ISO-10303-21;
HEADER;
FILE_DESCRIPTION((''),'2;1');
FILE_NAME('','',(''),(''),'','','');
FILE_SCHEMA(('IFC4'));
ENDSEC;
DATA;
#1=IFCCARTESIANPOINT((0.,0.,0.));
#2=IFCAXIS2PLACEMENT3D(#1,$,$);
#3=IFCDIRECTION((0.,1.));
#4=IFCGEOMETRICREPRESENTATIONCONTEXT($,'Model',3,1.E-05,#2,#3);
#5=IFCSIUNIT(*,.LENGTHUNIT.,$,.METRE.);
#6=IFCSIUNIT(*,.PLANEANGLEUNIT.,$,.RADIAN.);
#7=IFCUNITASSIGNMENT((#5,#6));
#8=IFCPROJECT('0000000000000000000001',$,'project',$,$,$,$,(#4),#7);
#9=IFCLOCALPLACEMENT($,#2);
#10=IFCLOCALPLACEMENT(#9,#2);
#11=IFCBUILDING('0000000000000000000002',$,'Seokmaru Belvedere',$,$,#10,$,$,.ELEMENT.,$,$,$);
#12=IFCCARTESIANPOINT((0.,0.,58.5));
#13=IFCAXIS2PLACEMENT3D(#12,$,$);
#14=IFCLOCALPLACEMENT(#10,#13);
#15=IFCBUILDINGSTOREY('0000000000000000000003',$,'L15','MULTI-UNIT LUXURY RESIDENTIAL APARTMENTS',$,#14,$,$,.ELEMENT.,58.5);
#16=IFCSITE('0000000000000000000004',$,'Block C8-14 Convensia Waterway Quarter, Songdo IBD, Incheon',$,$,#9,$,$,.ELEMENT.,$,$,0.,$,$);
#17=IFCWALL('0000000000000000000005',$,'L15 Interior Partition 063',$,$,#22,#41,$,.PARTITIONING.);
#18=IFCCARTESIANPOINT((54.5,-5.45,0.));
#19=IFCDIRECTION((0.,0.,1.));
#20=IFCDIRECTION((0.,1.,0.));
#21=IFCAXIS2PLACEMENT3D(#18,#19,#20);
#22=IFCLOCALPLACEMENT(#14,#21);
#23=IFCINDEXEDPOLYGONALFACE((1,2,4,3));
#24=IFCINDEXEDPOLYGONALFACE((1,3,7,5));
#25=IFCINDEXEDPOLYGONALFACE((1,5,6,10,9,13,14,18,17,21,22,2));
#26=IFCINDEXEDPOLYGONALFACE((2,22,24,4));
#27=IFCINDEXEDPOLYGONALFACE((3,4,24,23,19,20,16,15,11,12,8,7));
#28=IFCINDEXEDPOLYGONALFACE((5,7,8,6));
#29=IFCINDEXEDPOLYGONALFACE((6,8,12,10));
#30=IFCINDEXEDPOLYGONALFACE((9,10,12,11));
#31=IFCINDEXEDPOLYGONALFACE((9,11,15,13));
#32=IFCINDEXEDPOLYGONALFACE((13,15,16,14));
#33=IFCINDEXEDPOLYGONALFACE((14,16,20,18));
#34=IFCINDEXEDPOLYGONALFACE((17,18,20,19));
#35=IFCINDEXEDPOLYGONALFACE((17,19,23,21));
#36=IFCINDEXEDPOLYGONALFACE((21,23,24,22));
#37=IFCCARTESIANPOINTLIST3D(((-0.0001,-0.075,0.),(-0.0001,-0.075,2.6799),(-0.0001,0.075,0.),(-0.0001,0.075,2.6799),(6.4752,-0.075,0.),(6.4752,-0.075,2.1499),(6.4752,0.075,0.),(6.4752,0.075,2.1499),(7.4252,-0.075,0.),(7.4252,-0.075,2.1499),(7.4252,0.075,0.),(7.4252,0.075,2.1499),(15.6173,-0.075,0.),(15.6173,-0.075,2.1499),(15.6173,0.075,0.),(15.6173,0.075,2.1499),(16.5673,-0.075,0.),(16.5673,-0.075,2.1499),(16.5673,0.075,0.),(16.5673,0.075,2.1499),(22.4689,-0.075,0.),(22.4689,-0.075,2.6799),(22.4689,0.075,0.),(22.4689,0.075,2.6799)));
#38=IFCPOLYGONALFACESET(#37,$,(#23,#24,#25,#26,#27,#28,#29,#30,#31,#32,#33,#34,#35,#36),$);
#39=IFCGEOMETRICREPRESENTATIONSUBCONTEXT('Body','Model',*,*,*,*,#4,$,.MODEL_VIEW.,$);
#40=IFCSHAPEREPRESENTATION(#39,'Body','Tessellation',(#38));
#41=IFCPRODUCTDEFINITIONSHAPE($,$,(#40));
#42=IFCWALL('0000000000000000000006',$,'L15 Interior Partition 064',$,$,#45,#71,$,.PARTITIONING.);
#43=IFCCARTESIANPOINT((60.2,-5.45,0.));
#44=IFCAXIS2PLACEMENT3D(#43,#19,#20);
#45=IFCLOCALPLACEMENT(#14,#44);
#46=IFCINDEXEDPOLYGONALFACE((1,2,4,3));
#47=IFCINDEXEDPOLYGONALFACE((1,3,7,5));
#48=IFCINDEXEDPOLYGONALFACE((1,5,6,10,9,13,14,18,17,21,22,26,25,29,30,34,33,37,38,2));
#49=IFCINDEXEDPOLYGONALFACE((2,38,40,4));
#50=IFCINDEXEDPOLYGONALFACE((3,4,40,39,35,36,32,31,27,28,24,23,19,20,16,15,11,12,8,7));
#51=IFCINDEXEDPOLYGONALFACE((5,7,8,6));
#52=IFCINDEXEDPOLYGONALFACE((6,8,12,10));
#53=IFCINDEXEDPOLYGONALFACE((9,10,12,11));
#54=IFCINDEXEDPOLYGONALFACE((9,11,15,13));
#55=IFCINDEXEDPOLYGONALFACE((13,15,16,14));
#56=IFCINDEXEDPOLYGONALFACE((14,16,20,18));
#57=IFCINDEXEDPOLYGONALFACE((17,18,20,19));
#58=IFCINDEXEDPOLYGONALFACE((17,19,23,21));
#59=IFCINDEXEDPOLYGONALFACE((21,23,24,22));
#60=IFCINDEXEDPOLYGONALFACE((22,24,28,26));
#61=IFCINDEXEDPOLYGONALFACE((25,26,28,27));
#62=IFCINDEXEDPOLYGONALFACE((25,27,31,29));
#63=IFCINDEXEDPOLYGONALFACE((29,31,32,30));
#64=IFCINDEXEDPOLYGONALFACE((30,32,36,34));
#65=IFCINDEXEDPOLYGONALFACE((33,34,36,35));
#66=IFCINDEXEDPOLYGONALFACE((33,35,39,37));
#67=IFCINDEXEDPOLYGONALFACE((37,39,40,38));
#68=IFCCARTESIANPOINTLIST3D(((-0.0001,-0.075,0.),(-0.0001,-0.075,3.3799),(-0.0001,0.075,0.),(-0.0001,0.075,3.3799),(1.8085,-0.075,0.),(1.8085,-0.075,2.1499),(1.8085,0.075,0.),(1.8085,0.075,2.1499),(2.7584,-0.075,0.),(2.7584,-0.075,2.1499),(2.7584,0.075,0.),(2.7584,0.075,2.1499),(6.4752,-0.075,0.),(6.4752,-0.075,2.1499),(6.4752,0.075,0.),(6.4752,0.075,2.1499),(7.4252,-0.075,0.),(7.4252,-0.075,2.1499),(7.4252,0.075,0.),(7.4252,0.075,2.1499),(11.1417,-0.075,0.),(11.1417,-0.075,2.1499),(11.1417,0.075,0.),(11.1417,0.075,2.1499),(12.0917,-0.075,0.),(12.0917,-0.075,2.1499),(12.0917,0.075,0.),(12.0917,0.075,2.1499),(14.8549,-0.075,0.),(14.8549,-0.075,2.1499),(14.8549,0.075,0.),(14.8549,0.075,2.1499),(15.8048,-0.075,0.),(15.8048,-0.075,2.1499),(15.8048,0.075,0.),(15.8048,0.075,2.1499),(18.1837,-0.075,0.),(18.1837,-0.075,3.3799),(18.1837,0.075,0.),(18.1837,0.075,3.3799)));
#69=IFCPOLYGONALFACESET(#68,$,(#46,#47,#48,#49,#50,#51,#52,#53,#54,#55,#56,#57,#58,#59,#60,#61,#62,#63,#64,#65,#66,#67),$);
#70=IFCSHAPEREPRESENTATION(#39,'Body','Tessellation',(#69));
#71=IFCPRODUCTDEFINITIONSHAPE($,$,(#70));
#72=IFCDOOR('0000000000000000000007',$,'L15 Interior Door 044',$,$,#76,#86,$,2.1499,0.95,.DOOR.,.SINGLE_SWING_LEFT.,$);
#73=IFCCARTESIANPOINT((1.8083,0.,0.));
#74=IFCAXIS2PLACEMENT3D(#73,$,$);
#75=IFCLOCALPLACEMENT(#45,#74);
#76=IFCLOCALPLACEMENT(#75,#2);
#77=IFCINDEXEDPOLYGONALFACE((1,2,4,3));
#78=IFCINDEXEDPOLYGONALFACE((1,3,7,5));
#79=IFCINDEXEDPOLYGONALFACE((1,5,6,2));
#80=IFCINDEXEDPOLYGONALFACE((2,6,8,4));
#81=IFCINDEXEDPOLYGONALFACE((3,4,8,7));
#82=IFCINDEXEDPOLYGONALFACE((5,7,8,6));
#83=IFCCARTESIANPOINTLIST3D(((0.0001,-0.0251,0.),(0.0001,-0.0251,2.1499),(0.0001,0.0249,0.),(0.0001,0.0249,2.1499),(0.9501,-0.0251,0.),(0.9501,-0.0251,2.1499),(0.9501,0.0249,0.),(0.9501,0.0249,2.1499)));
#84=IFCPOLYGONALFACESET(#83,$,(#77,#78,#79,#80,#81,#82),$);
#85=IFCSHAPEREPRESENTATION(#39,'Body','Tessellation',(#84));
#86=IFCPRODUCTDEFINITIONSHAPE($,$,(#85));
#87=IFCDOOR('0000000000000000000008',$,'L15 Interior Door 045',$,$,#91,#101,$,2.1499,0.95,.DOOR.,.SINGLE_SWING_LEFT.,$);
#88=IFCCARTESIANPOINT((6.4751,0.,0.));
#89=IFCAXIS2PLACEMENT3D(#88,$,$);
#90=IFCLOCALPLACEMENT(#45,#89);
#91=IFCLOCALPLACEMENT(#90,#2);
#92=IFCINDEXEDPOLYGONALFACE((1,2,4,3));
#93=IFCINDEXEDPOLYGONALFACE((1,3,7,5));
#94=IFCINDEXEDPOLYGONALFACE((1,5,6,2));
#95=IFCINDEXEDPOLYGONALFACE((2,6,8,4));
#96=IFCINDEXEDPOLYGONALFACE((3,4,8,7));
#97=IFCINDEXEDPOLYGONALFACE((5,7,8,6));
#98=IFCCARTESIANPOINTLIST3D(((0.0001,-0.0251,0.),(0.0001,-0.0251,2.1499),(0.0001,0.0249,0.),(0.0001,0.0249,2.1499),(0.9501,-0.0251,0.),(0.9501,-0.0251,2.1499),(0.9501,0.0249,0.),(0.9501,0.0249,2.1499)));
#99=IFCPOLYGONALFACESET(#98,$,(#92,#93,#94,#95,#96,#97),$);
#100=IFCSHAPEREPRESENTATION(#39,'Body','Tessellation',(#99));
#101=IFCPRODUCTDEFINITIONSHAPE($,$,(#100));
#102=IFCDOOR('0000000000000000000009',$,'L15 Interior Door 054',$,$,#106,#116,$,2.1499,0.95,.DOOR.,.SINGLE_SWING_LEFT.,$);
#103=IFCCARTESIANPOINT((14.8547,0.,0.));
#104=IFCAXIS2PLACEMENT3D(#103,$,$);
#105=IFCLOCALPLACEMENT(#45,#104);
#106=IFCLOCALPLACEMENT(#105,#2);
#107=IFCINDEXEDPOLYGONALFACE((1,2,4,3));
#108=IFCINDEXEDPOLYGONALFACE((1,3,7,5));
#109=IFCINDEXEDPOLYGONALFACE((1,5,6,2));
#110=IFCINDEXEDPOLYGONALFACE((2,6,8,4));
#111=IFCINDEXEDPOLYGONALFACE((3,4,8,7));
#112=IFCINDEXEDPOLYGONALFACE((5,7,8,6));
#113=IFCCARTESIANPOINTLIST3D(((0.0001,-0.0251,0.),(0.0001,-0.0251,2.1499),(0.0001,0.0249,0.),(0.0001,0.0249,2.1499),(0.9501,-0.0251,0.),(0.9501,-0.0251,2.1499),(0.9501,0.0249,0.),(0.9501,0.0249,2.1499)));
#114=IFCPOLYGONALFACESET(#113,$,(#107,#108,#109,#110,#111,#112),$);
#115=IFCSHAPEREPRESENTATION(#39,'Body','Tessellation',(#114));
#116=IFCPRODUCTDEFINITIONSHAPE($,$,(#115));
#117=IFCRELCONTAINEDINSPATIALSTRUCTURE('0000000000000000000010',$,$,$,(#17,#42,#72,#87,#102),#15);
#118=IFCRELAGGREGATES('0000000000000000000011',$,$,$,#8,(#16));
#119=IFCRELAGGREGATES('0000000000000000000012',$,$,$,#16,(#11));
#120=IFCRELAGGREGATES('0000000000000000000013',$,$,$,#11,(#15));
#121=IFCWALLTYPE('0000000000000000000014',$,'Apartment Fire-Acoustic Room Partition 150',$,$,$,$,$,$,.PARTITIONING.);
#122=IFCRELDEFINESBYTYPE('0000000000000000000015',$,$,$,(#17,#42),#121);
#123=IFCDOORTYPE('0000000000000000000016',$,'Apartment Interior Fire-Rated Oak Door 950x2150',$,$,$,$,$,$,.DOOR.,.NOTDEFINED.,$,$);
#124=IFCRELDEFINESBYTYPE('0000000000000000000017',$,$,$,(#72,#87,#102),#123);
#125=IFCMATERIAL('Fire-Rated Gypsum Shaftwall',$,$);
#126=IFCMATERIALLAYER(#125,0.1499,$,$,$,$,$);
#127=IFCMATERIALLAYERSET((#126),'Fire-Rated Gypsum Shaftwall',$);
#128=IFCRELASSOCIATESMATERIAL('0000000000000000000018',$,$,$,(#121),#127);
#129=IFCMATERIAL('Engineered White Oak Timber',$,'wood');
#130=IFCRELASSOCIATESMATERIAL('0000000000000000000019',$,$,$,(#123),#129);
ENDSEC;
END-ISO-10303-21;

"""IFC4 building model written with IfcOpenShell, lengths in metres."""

from ifc_helpers import new_model, si_unit, direction, frame, frame_2d, origin, place, context, subcontext, project, spatial, rectangle, extrude, source, transform, mapped, material, layer, layer_set, type_object, type_shapes, element, fill, save


model = new_model("IFC4")

# Units and contexts
model_context = context("Model", 3, precision=1e-05, world=origin(), true_north=direction((0.0, 1.0)))
body_context = subcontext(model_context, "Body", "Model", "MODEL_VIEW")
ifc_project = project(units=[si_unit("LENGTHUNIT", "METRE"), si_unit("PLANEANGLEUNIT", "RADIAN")], contexts=[model_context])

# Site, building, storey
site_placement = place(None, origin())
site = spatial("IfcSite", under=ifc_project, at=site_placement, Name="Block C8-14 Convensia Waterway Quarter, Songdo IBD, Incheon", CompositionType="ELEMENT", RefElevation=0.0)
building_placement = place(site_placement, origin())
building = spatial("IfcBuilding", under=site, at=building_placement, Name="Seokmaru Belvedere", CompositionType="ELEMENT")
storey_placement = place(building_placement, frame((0.0, 0.0, 58.5)))
storey = spatial("IfcBuildingStorey", under=building, at=storey_placement, Name="L15", Description="MULTI-UNIT LUXURY RESIDENTIAL APARTMENTS", CompositionType="ELEMENT", Elevation=58.5)

# Wall, openings
ifc_material_1 = material(Name="Fire-Rated Gypsum Shaftwall")
ifc_layer_1 = layer(ifc_material_1, 0.1499)
ifc_layer_set_1 = layer_set([ifc_layer_1], Name="Fire-Rated Gypsum Shaftwall")
wall_type = type_object("IfcWallType", Name="Apartment Fire-Acoustic Room Partition 150", PredefinedType="PARTITIONING", material=ifc_layer_set_1)
wall_1_placement = place(storey_placement, frame((54.5, -5.45, 0.0), z_axis=(0.0, 0.0, 1.0), x_axis=(0.0, 1.0, 0.0)))
wall_1 = element("IfcWall", 1, at=wall_1_placement, inside=storey, type_object=wall_type, Name="L15 Interior Partition 063", PredefinedType="PARTITIONING", context=body_context, shape_type="SweptSolid", body=[
    extrude(rectangle(XDim=22.469, YDim=0.1499, at=frame_2d((11.2344, 0.0))), origin(), (0.0, 0.0, 1.0), 2.6799),
])
opening_1_placement = place(wall_1_placement, frame((6.4751, 0.0, 0.0)))
element("IfcOpeningElement", 2, at=opening_1_placement, cuts=wall_1, PredefinedType="OPENING", context=body_context, shape_type="SweptSolid", body=[
    extrude(rectangle(XDim=0.95, YDim=2.1499, at=frame_2d((0.4751, 1.075))), frame((0.0, 0.085, 0.0), z_axis=(0.0, -1.0, 0.0), x_axis=(1.0, 0.0, 0.0)), (0.0, 0.0, 1.0), 0.1699),
])
opening_2_placement = place(wall_1_placement, frame((15.6172, 0.0, 0.0)))
element("IfcOpeningElement", 3, at=opening_2_placement, cuts=wall_1, PredefinedType="OPENING", context=body_context, shape_type="SweptSolid", body=[
    extrude(rectangle(XDim=0.95, YDim=2.1499, at=frame_2d((0.4751, 1.075))), frame((0.0, 0.085, 0.0), z_axis=(0.0, -1.0, 0.0), x_axis=(1.0, 0.0, 0.0)), (0.0, 0.0, 1.0), 0.1699),
])

# Wall, openings, doors
wall_2_placement = place(storey_placement, frame((60.2, -5.45, 0.0), z_axis=(0.0, 0.0, 1.0), x_axis=(0.0, 1.0, 0.0)))
wall_2 = element("IfcWall", 4, at=wall_2_placement, inside=storey, type_object=wall_type, Name="L15 Interior Partition 064", PredefinedType="PARTITIONING", context=body_context, shape_type="SweptSolid", body=[
    extrude(rectangle(XDim=18.1838, YDim=0.1499, at=frame_2d((9.0918, 0.0))), origin(), (0.0, 0.0, 1.0), 3.3799),
])
opening_3_placement = place(wall_2_placement, frame((1.8083, 0.0, 0.0)))
opening_3 = element("IfcOpeningElement", 5, at=opening_3_placement, cuts=wall_2, PredefinedType="OPENING", context=body_context, shape_type="SweptSolid", body=[
    extrude(rectangle(XDim=0.95, YDim=2.1499, at=frame_2d((0.4751, 1.075))), frame((0.0, 0.085, 0.0), z_axis=(0.0, -1.0, 0.0), x_axis=(1.0, 0.0, 0.0)), (0.0, 0.0, 1.0), 0.1699),
])
opening_4_placement = place(wall_2_placement, frame((6.4751, 0.0, 0.0)))
opening_4 = element("IfcOpeningElement", 6, at=opening_4_placement, cuts=wall_2, PredefinedType="OPENING", context=body_context, shape_type="SweptSolid", body=[
    extrude(rectangle(XDim=0.95, YDim=2.1499, at=frame_2d((0.4751, 1.075))), frame((0.0, 0.085, 0.0), z_axis=(0.0, -1.0, 0.0), x_axis=(1.0, 0.0, 0.0)), (0.0, 0.0, 1.0), 0.1699),
])
opening_5_placement = place(wall_2_placement, frame((11.1416, 0.0, 0.0)))
element("IfcOpeningElement", 7, at=opening_5_placement, cuts=wall_2, PredefinedType="OPENING", context=body_context, shape_type="SweptSolid", body=[
    extrude(rectangle(XDim=0.95, YDim=2.1499, at=frame_2d((0.4751, 1.075))), frame((0.0, 0.085, 0.0), z_axis=(0.0, -1.0, 0.0), x_axis=(1.0, 0.0, 0.0)), (0.0, 0.0, 1.0), 0.1699),
])
opening_6_placement = place(wall_2_placement, frame((14.8547, 0.0, 0.0)))
opening_6 = element("IfcOpeningElement", 8, at=opening_6_placement, cuts=wall_2, PredefinedType="OPENING", context=body_context, shape_type="SweptSolid", body=[
    extrude(rectangle(XDim=0.95, YDim=2.1499, at=frame_2d((0.4751, 1.075))), frame((0.0, 0.085, 0.0), z_axis=(0.0, -1.0, 0.0), x_axis=(1.0, 0.0, 0.0)), (0.0, 0.0, 1.0), 0.1699),
])
ifc_material_2 = material(Name="Engineered White Oak Timber", Category="wood")
door_type = type_object("IfcDoorType", Name="Apartment Interior Fire-Rated Oak Door 950x2150", OperationType="NOTDEFINED", PredefinedType="DOOR", material=ifc_material_2)
shared_shape_1 = source(origin(), body_context, "Body", "SweptSolid", [
    extrude(rectangle(XDim=0.95, YDim=2.1499, at=frame_2d((0.4751, 1.075))), frame((0.0, 0.0249, 0.0), z_axis=(0.0, -1.0, 0.0), x_axis=(1.0, 0.0, 0.0)), (0.0, 0.0, 1.0), 0.05),
])
type_shapes(door_type, [shared_shape_1])
door_1_placement = place(opening_3_placement, origin())
door_1 = element("IfcDoor", 9, at=door_1_placement, inside=storey, type_object=door_type, Name="L15 Interior Door 044", OperationType="SINGLE_SWING_LEFT", OverallHeight=2.1499, OverallWidth=0.95, PredefinedType="DOOR", context=body_context, shape_type="MappedRepresentation", body=[
    mapped(shared_shape_1, transform((0.0, 0.0, 0.0), scale=1.0)),
])
fill(opening_3, door_1)
door_2_placement = place(opening_4_placement, origin())
door_2 = element("IfcDoor", 10, at=door_2_placement, inside=storey, type_object=door_type, Name="L15 Interior Door 045", OperationType="SINGLE_SWING_LEFT", OverallHeight=2.1499, OverallWidth=0.95, PredefinedType="DOOR", context=body_context, shape_type="MappedRepresentation", body=[
    mapped(shared_shape_1, transform((0.0, 0.0, 0.0), scale=1.0)),
])
fill(opening_4, door_2)
door_3_placement = place(opening_6_placement, origin())
door_3 = element("IfcDoor", 11, at=door_3_placement, inside=storey, type_object=door_type, Name="L15 Interior Door 054", OperationType="SINGLE_SWING_LEFT", OverallHeight=2.1499, OverallWidth=0.95, PredefinedType="DOOR", context=body_context, shape_type="MappedRepresentation", body=[
    mapped(shared_shape_1, transform((0.0, 0.0, 0.0), scale=1.0)),
])
fill(opening_6, door_3)

save(model, "model.ifc")
